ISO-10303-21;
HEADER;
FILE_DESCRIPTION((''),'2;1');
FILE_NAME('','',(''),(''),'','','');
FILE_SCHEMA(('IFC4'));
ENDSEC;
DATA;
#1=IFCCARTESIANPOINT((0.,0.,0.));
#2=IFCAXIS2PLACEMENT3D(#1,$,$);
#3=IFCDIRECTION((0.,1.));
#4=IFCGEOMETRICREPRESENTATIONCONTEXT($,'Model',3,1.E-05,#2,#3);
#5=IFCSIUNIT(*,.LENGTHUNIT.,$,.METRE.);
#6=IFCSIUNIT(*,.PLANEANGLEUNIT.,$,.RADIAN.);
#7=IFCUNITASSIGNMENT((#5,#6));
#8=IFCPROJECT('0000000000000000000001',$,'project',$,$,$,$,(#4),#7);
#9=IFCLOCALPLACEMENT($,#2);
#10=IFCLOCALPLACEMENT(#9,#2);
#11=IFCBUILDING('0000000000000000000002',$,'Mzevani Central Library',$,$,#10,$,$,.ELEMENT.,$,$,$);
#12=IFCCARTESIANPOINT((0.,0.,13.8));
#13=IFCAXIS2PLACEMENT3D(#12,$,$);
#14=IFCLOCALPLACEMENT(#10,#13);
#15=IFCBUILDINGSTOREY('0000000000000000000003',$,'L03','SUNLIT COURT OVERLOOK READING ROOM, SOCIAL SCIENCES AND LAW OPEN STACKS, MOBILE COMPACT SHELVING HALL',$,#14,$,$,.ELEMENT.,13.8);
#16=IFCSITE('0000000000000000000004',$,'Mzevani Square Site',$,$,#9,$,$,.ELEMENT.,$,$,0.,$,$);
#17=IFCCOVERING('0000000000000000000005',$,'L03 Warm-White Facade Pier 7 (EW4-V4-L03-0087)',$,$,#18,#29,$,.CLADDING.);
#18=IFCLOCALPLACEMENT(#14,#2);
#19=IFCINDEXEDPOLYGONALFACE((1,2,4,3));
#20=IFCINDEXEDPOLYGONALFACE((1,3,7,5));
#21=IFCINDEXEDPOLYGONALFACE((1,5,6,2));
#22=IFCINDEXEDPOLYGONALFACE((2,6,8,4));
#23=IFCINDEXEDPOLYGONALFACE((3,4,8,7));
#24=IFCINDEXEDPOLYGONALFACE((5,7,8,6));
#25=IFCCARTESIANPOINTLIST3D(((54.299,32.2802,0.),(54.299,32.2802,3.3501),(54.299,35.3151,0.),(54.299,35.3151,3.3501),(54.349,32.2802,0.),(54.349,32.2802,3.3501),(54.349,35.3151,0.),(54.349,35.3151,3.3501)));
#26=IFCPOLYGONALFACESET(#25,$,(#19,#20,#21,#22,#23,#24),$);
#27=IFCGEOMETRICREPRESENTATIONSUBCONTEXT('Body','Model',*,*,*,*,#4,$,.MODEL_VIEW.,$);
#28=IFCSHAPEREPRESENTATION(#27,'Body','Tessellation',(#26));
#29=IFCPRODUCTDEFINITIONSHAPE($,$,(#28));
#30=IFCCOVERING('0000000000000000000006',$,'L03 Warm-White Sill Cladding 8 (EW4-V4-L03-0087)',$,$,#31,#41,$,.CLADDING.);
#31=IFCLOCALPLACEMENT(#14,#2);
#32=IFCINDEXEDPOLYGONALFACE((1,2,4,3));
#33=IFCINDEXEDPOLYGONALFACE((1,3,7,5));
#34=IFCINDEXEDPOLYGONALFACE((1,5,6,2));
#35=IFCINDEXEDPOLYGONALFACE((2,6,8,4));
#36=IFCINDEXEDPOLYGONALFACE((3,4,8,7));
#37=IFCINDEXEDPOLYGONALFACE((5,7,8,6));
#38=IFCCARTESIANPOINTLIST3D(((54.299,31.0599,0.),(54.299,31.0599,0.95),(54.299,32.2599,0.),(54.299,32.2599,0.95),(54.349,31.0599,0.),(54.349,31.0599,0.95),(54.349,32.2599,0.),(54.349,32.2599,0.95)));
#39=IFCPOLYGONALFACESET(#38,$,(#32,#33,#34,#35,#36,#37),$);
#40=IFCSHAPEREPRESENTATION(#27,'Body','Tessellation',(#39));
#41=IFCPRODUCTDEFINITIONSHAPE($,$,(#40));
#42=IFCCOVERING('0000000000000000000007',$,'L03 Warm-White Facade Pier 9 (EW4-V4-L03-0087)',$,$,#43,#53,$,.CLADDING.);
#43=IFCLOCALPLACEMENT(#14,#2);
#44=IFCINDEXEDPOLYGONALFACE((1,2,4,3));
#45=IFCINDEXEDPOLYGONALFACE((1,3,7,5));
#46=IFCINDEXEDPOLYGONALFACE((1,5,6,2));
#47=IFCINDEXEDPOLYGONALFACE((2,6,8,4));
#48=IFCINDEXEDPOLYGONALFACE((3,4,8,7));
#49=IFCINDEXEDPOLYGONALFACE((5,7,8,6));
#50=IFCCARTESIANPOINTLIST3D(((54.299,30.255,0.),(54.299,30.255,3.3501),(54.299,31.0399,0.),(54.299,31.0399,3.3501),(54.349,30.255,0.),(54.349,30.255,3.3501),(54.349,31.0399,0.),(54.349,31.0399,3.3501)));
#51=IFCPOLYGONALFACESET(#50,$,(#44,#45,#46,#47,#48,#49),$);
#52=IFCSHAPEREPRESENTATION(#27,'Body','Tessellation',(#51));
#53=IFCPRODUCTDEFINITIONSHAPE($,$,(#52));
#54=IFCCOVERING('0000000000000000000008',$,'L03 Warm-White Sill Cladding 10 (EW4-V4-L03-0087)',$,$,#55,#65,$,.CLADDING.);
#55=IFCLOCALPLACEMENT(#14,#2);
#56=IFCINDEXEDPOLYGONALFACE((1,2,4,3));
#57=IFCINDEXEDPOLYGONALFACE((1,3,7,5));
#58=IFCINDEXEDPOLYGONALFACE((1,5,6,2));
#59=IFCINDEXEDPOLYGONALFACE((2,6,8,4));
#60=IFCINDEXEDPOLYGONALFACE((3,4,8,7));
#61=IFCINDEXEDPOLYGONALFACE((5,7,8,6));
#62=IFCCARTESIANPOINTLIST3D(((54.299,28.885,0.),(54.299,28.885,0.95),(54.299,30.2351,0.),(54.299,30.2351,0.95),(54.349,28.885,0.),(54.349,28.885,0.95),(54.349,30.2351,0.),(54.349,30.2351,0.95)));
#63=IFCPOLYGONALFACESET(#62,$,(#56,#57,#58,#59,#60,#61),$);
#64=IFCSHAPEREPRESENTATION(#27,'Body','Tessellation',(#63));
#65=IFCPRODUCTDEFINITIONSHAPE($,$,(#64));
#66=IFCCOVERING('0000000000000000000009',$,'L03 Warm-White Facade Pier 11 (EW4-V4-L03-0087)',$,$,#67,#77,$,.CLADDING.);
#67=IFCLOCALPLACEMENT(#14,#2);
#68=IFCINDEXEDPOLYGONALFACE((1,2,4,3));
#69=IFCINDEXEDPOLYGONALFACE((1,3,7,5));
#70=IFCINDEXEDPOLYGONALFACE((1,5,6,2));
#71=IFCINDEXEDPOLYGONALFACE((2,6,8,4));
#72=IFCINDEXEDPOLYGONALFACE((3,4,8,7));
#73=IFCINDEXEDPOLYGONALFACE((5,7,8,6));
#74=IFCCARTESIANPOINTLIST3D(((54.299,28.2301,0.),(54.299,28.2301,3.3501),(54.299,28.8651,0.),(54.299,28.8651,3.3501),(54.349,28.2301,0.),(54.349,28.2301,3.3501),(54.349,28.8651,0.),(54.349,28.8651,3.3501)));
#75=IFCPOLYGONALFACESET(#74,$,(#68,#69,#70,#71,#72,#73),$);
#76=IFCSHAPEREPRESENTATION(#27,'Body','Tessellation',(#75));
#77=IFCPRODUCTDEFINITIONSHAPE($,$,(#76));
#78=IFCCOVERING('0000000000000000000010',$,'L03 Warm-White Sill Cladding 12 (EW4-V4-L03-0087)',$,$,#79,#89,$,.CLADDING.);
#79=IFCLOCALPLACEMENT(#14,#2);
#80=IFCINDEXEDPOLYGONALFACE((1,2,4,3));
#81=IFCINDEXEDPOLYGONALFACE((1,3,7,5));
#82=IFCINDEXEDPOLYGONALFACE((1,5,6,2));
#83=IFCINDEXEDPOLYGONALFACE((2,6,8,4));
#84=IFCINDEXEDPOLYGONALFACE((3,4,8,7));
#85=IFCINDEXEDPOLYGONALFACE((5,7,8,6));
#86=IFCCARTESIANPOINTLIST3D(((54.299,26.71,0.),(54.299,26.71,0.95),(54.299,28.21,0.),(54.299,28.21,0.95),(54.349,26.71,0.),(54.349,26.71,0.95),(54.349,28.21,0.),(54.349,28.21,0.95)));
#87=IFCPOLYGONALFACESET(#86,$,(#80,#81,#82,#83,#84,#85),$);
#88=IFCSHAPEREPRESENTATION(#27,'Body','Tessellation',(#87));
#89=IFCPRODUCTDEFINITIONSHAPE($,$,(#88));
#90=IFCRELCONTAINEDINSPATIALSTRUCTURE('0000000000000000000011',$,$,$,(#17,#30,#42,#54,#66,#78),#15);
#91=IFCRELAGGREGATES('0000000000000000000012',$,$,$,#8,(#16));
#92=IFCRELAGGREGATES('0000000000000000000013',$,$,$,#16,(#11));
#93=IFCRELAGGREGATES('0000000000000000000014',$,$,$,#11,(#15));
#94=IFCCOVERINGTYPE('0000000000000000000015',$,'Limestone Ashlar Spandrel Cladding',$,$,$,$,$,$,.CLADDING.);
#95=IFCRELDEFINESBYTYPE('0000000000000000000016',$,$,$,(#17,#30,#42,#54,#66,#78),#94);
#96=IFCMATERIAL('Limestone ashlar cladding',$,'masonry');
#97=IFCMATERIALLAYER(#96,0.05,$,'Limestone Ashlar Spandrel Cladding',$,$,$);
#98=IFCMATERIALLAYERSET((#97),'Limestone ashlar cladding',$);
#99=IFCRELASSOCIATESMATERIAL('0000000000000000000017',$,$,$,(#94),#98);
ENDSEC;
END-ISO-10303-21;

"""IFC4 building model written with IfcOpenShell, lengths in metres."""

from ifc_helpers import new_model, si_unit, direction, frame, origin, origin_2d, place, context, subcontext, project, spatial, rectangle, extrude, material, layer, layer_set, type_object, element, save


model = new_model("IFC4")

# Units and contexts
model_context = context("Model", 3, precision=1e-05, world=origin(), true_north=direction((0.0, 1.0)))
body_context = subcontext(model_context, "Body", "Model", "MODEL_VIEW")
ifc_project = project(units=[si_unit("LENGTHUNIT", "METRE"), si_unit("PLANEANGLEUNIT", "RADIAN")], contexts=[model_context])

# Site, building, storey
site_placement = place(None, origin())
site = spatial("IfcSite", under=ifc_project, at=site_placement, Name="Mzevani Square Site", CompositionType="ELEMENT", RefElevation=0.0)
building_placement = place(site_placement, origin())
building = spatial("IfcBuilding", under=site, at=building_placement, Name="Mzevani Central Library", CompositionType="ELEMENT")
storey_placement = place(building_placement, frame((0.0, 0.0, 13.8)))
storey = spatial("IfcBuildingStorey", under=building, at=storey_placement, Name="L03", Description="SUNLIT COURT OVERLOOK READING ROOM, SOCIAL SCIENCES AND LAW OPEN STACKS, MOBILE COMPACT SHELVING HALL", CompositionType="ELEMENT", Elevation=13.8)

# Coverings
ifc_material_1 = material(Name="Limestone ashlar cladding", Category="masonry")
ifc_layer_1 = layer(ifc_material_1, 0.05, Name="Limestone Ashlar Spandrel Cladding")
ifc_layer_set_1 = layer_set([ifc_layer_1], Name="Limestone ashlar cladding")
covering_type = type_object("IfcCoveringType", Name="Limestone Ashlar Spandrel Cladding", PredefinedType="CLADDING", material=ifc_layer_set_1)
covering_1_placement = place(storey_placement, frame((54.324, 33.7976, 0.0), z_axis=(0.0, 0.0, 1.0), x_axis=(0.0, -1.0, 0.0)))
element("IfcCovering", 1, at=covering_1_placement, inside=storey, type_object=covering_type, Name="L03 Warm-White Facade Pier 7 (EW4-V4-L03-0087)", PredefinedType="CLADDING", context=body_context, shape_type="SweptSolid", body=[
    extrude(rectangle(XDim=3.0349, YDim=0.05, at=origin_2d()), origin(), (0.0, 0.0, 1.0), 3.3501),
])
covering_2_placement = place(storey_placement, frame((54.324, 31.6599, 0.0), z_axis=(0.0, 0.0, 1.0), x_axis=(0.0, -1.0, 0.0)))
element("IfcCovering", 2, at=covering_2_placement, inside=storey, type_object=covering_type, Name="L03 Warm-White Sill Cladding 8 (EW4-V4-L03-0087)", PredefinedType="CLADDING", context=body_context, shape_type="SweptSolid", body=[
    extrude(rectangle(XDim=1.2, YDim=0.05, at=origin_2d()), origin(), (0.0, 0.0, 1.0), 0.95),
])
covering_3_placement = place(storey_placement, frame((54.324, 30.6475, 0.0), z_axis=(0.0, 0.0, 1.0), x_axis=(0.0, -1.0, 0.0)))
element("IfcCovering", 3, at=covering_3_placement, inside=storey, type_object=covering_type, Name="L03 Warm-White Facade Pier 9 (EW4-V4-L03-0087)", PredefinedType="CLADDING", context=body_context, shape_type="SweptSolid", body=[
    extrude(rectangle(XDim=0.7849, YDim=0.05, at=origin_2d()), origin(), (0.0, 0.0, 1.0), 3.3501),
])
covering_4_placement = place(storey_placement, frame((54.324, 29.5601, 0.0), z_axis=(0.0, 0.0, 1.0), x_axis=(0.0, -1.0, 0.0)))
element("IfcCovering", 4, at=covering_4_placement, inside=storey, type_object=covering_type, Name="L03 Warm-White Sill Cladding 10 (EW4-V4-L03-0087)", PredefinedType="CLADDING", context=body_context, shape_type="SweptSolid", body=[
    extrude(rectangle(XDim=1.3501, YDim=0.05, at=origin_2d()), origin(), (0.0, 0.0, 1.0), 0.95),
])
covering_5_placement = place(storey_placement, frame((54.324, 28.5476, 0.0), z_axis=(0.0, 0.0, 1.0), x_axis=(0.0, -1.0, 0.0)))
element("IfcCovering", 5, at=covering_5_placement, inside=storey, type_object=covering_type, Name="L03 Warm-White Facade Pier 11 (EW4-V4-L03-0087)", PredefinedType="CLADDING", context=body_context, shape_type="SweptSolid", body=[
    extrude(rectangle(XDim=0.635, YDim=0.05, at=origin_2d()), origin(), (0.0, 0.0, 1.0), 3.3501),
])
covering_6_placement = place(storey_placement, frame((54.324, 27.46, 0.0), z_axis=(0.0, 0.0, 1.0), x_axis=(0.0, -1.0, 0.0)))
element("IfcCovering", 6, at=covering_6_placement, inside=storey, type_object=covering_type, Name="L03 Warm-White Sill Cladding 12 (EW4-V4-L03-0087)", PredefinedType="CLADDING", context=body_context, shape_type="SweptSolid", body=[
    extrude(rectangle(XDim=1.5, YDim=0.05, at=origin_2d()), origin(), (0.0, 0.0, 1.0), 0.95),
])

save(model, "model.ifc")
